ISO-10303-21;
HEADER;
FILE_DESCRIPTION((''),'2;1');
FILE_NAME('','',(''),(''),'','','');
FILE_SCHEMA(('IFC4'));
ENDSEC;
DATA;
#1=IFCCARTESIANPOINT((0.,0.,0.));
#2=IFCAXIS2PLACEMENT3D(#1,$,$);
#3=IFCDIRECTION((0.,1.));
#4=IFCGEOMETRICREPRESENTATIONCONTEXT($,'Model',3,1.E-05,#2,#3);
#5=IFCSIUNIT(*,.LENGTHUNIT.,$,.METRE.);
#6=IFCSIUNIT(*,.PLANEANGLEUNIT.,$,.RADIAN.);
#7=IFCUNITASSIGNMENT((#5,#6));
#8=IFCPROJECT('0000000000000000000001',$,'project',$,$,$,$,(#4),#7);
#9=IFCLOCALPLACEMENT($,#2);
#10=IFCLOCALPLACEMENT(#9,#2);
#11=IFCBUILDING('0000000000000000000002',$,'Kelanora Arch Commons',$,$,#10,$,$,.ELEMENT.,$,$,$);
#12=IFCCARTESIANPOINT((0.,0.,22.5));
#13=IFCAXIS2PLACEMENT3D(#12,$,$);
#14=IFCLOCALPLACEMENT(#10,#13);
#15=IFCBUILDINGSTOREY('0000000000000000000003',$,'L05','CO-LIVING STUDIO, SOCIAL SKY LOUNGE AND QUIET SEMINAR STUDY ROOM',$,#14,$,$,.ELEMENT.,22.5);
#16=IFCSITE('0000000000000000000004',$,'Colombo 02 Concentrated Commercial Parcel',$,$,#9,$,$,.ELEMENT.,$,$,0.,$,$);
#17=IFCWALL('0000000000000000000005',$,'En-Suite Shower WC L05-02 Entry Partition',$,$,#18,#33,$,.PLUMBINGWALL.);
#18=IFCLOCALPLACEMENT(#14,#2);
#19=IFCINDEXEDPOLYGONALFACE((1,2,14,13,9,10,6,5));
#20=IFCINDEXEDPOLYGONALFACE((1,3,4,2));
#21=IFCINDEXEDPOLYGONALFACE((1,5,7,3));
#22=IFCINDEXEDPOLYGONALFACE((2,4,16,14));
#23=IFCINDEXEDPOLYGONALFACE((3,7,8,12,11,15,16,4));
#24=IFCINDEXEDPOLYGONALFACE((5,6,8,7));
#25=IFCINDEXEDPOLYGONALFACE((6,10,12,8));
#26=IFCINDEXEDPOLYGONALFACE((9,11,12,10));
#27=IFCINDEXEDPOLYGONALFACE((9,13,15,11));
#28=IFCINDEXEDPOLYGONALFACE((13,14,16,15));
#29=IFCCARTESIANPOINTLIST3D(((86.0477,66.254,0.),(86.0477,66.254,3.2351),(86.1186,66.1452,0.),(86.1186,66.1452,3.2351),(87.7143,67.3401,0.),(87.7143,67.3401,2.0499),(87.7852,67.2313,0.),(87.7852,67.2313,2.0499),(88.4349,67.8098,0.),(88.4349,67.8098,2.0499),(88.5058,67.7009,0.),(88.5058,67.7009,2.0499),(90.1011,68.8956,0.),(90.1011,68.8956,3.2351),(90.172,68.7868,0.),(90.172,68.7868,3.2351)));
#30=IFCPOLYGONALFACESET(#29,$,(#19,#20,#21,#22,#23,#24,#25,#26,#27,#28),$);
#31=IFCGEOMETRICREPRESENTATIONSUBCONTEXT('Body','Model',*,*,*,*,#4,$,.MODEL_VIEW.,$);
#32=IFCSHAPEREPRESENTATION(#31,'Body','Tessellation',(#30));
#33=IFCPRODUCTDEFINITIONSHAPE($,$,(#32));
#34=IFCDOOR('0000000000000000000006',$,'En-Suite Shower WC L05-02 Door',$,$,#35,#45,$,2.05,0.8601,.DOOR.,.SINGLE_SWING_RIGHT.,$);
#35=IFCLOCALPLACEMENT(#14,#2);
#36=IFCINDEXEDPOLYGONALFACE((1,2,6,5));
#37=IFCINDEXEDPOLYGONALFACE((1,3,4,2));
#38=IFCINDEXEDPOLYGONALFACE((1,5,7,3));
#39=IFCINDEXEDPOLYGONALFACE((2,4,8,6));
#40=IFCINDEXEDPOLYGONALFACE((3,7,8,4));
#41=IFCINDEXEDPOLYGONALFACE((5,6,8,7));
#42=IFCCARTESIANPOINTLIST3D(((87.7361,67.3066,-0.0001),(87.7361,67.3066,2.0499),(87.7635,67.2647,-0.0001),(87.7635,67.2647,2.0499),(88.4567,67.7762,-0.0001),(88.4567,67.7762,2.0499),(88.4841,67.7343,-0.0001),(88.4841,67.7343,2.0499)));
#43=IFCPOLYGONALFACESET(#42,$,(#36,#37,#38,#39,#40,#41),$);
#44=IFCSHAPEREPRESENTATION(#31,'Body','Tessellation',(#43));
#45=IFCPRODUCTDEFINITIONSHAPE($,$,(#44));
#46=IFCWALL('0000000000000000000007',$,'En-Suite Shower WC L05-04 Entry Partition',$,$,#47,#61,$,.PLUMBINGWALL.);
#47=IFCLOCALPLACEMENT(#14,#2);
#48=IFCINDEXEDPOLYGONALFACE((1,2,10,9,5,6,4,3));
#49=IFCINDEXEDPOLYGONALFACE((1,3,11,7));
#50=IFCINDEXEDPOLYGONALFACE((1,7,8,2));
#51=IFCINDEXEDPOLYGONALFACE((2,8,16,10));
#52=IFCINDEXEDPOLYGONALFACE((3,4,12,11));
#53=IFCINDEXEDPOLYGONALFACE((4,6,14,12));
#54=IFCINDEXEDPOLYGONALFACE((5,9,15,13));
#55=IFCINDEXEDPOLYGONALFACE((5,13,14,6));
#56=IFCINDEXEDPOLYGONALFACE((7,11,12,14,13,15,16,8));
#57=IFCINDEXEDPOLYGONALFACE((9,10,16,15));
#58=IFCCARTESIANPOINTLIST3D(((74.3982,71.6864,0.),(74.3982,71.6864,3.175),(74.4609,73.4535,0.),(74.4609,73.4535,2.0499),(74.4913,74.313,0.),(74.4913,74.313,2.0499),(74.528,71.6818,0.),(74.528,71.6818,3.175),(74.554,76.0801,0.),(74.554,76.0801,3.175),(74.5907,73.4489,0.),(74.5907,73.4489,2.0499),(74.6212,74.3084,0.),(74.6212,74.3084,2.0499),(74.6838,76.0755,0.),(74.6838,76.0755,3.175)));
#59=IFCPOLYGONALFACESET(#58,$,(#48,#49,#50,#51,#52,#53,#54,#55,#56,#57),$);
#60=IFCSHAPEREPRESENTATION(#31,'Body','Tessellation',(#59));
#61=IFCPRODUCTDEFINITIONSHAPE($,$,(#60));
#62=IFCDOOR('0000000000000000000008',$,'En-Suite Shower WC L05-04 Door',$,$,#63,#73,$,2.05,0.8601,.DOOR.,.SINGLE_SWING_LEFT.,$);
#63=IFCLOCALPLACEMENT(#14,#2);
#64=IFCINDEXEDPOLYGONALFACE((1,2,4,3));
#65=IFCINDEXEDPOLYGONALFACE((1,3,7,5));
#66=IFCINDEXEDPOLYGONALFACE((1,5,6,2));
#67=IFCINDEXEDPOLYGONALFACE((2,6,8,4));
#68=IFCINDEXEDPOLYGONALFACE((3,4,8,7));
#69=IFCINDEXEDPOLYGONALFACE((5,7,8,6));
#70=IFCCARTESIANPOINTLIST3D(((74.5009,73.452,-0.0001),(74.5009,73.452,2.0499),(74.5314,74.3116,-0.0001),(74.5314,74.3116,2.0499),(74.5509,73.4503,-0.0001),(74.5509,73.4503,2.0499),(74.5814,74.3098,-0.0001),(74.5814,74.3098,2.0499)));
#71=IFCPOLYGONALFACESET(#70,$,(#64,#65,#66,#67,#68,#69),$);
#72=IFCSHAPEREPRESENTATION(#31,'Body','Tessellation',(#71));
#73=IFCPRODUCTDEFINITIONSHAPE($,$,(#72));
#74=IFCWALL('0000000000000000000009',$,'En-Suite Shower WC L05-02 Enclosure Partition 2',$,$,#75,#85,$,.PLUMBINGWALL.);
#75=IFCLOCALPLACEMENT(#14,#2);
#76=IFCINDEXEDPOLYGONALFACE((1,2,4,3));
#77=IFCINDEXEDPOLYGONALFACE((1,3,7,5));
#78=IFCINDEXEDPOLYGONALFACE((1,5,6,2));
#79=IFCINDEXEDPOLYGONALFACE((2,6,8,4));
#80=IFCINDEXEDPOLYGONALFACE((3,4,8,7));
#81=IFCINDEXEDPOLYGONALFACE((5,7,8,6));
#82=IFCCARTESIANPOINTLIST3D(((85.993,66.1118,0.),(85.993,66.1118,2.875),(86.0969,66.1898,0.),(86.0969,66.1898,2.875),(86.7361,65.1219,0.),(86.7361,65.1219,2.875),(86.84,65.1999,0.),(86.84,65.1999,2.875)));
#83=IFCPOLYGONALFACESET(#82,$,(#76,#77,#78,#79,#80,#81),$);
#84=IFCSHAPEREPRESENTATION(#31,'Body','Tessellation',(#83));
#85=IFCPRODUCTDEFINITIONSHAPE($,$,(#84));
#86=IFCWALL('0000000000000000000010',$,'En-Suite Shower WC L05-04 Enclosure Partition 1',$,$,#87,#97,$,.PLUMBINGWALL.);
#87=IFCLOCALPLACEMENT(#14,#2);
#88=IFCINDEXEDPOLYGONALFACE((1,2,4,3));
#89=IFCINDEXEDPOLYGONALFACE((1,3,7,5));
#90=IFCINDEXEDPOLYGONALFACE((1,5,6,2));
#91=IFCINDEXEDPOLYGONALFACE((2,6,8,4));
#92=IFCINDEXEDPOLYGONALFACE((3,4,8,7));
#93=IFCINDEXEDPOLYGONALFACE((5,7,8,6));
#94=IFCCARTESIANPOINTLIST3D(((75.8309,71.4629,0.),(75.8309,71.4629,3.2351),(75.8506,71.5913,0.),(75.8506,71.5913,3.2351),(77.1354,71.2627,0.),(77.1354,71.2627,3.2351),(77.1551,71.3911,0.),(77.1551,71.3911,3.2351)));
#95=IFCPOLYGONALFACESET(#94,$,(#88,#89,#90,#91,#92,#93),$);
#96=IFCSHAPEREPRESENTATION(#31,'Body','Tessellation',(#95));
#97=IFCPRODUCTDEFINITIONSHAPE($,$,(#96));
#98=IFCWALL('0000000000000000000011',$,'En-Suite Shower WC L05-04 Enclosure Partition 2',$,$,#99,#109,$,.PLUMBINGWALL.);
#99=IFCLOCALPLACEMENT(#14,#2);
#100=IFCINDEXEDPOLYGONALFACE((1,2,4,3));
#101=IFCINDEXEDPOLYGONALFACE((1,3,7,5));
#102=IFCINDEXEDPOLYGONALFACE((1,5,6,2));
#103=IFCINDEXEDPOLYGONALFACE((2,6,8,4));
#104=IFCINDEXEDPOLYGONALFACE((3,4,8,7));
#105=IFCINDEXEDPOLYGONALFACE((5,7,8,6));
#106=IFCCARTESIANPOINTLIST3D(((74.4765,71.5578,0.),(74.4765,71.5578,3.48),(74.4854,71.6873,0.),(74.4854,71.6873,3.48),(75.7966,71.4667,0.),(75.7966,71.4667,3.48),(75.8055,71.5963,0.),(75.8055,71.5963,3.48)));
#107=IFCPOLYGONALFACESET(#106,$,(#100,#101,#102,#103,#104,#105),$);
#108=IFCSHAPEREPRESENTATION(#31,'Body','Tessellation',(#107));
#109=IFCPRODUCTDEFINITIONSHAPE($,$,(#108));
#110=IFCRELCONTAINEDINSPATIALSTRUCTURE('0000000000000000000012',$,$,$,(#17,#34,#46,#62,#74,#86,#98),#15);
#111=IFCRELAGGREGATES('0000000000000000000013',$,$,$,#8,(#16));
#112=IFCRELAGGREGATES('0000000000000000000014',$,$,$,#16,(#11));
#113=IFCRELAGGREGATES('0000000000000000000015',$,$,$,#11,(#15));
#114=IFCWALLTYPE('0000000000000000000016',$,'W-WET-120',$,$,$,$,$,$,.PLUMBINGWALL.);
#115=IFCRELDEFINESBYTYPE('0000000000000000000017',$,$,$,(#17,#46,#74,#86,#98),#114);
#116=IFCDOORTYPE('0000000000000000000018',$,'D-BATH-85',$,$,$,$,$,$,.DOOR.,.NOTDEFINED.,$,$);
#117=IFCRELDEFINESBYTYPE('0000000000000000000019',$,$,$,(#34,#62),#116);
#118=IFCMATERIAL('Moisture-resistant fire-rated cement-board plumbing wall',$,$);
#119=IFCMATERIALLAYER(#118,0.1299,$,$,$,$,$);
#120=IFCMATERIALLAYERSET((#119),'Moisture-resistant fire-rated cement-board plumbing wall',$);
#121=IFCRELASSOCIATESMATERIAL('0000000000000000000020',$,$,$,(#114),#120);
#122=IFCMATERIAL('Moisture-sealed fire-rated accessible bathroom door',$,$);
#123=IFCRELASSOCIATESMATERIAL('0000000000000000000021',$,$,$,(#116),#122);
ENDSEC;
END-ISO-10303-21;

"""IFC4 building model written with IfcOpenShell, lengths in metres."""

from ifc_helpers import new_model, si_unit, direction, frame, frame_2d, origin, place, context, subcontext, project, spatial, rectangle, extrude, material, layer, layer_set, type_object, element, fill, save


model = new_model("IFC4")

# Units and contexts
model_context = context("Model", 3, precision=1e-05, world=origin(), true_north=direction((0.0, 1.0)))
body_context = subcontext(model_context, "Body", "Model", "MODEL_VIEW")
ifc_project = project(units=[si_unit("LENGTHUNIT", "METRE"), si_unit("PLANEANGLEUNIT", "RADIAN")], contexts=[model_context])

# Site, building, storey
site_placement = place(None, origin())
site = spatial("IfcSite", under=ifc_project, at=site_placement, Name="Colombo 02 Concentrated Commercial Parcel", CompositionType="ELEMENT", RefElevation=0.0)
building_placement = place(site_placement, origin())
building = spatial("IfcBuilding", under=site, at=building_placement, Name="Kelanora Arch Commons", CompositionType="ELEMENT")
storey_placement = place(building_placement, frame((0.0, 0.0, 22.5)))
storey = spatial("IfcBuildingStorey", under=building, at=storey_placement, Name="L05", Description="CO-LIVING STUDIO, SOCIAL SKY LOUNGE AND QUIET SEMINAR STUDY ROOM", CompositionType="ELEMENT", Elevation=22.5)

# Walls, openings, doors
ifc_material_1 = material(Name="Moisture-resistant fire-rated cement-board plumbing wall")
ifc_layer_1 = layer(ifc_material_1, 0.1299)
ifc_layer_set_1 = layer_set([ifc_layer_1], Name="Moisture-resistant fire-rated cement-board plumbing wall")
wall_type_1 = type_object("IfcWallType", Name="W-WET-120", PredefinedType="PLUMBINGWALL", material=ifc_layer_set_1)
wall_1_placement = place(storey_placement, frame((86.0833, 66.1997, 0.0), z_axis=(0.0, 0.0, 1.0), x_axis=(0.837796, 0.545983, 0.0)))
wall_1 = element("IfcWall", 1, at=wall_1_placement, inside=storey, type_object=wall_type_1, Name="En-Suite Shower WC L05-02 Entry Partition", PredefinedType="PLUMBINGWALL", context=body_context, shape_type="SweptSolid", body=[
    extrude(rectangle(XDim=4.8381, YDim=0.1299, at=frame_2d((2.4189, 0.0))), origin(), (0.0, 0.0, 1.0), 3.2351),
])
opening_1_placement = place(wall_1_placement, frame((1.989, 0.0, 0.0)))
opening_1 = element("IfcOpeningElement", 2, at=opening_1_placement, cuts=wall_1, PredefinedType="OPENING", context=body_context, shape_type="SweptSolid", body=[
    extrude(rectangle(XDim=0.8601, YDim=2.05, at=frame_2d((0.4302, 1.0249))), frame((0.0, 0.075, 0.0), z_axis=(0.0, -1.0, 0.0), x_axis=(1.0, 0.0, 0.0)), (0.0, 0.0, 1.0), 0.1499),
])
ifc_material_2 = material(Name="Moisture-sealed fire-rated accessible bathroom door")
door_type_1 = type_object("IfcDoorType", Name="D-BATH-85", OperationType="NOTDEFINED", PredefinedType="DOOR", material=ifc_material_2)
door_1_placement = place(opening_1_placement, origin())
door_1 = element("IfcDoor", 3, at=door_1_placement, inside=storey, type_object=door_type_1, Name="En-Suite Shower WC L05-02 Door", OperationType="SINGLE_SWING_RIGHT", OverallHeight=2.05, OverallWidth=0.8601, PredefinedType="DOOR", context=body_context, shape_type="SweptSolid", body=[
    extrude(rectangle(XDim=0.8601, YDim=2.05, at=frame_2d((0.4302, 1.0249))), frame((0.0, 0.0249, 0.0), z_axis=(0.0, -1.0, 0.0), x_axis=(1.0, 0.0, 0.0)), (0.0, 0.0, 1.0), 0.05),
])
fill(opening_1, door_1)
wall_2_placement = place(storey_placement, frame((74.4631, 71.6841, 0.0), z_axis=(0.0, 0.0, 1.0), x_axis=(0.035428, 0.999372, 0.0)))
wall_2 = element("IfcWall", 4, at=wall_2_placement, inside=storey, type_object=wall_type_1, Name="En-Suite Shower WC L05-04 Entry Partition", PredefinedType="PLUMBINGWALL", context=body_context, shape_type="SweptSolid", body=[
    extrude(rectangle(XDim=4.3965, YDim=0.1299, at=frame_2d((2.1982, 0.0))), origin(), (0.0, 0.0, 1.0), 3.175),
])
opening_2_placement = place(wall_2_placement, frame((1.7681, 0.0, 0.0)))
opening_2 = element("IfcOpeningElement", 5, at=opening_2_placement, cuts=wall_2, PredefinedType="OPENING", context=body_context, shape_type="SweptSolid", body=[
    extrude(rectangle(XDim=0.8601, YDim=2.05, at=frame_2d((0.4302, 1.0249))), frame((0.0, 0.075, 0.0), z_axis=(0.0, -1.0, 0.0), x_axis=(1.0, 0.0, 0.0)), (0.0, 0.0, 1.0), 0.1499),
])
door_2_placement = place(opening_2_placement, origin())
door_2 = element("IfcDoor", 6, at=door_2_placement, inside=storey, type_object=door_type_1, Name="En-Suite Shower WC L05-04 Door", OperationType="SINGLE_SWING_LEFT", OverallHeight=2.05, OverallWidth=0.8601, PredefinedType="DOOR", context=body_context, shape_type="SweptSolid", body=[
    extrude(rectangle(XDim=0.8601, YDim=2.05, at=frame_2d((0.4302, 1.0249))), frame((0.0, 0.0249, 0.0), z_axis=(0.0, -1.0, 0.0), x_axis=(1.0, 0.0, 0.0)), (0.0, 0.0, 1.0), 0.05),
])
fill(opening_2, door_2)

# Walls
wall_3_placement = place(storey_placement, frame((86.7881, 65.1609, 0.0), z_axis=(0.0, 0.0, 1.0), x_axis=(-0.600347, 0.79974, 0.0)))
element("IfcWall", 7, at=wall_3_placement, inside=storey, type_object=wall_type_1, Name="En-Suite Shower WC L05-02 Enclosure Partition 2", PredefinedType="PLUMBINGWALL", context=body_context, shape_type="SweptSolid", body=[
    extrude(rectangle(XDim=1.2378, YDim=0.1299, at=frame_2d((0.6189, 0.0))), origin(), (0.0, 0.0, 1.0), 2.875),
])
wall_4_placement = place(storey_placement, frame((77.1453, 71.3269, 0.0), z_axis=(0.0, 0.0, 1.0), x_axis=(-0.988427, 0.151696, 0.0)))
element("IfcWall", 8, at=wall_4_placement, inside=storey, type_object=wall_type_1, Name="En-Suite Shower WC L05-04 Enclosure Partition 1", PredefinedType="PLUMBINGWALL", context=body_context, shape_type="SweptSolid", body=[
    extrude(rectangle(XDim=1.3198, YDim=0.1299, at=frame_2d((0.6599, 0.0))), origin(), (0.0, 0.0, 1.0), 3.2351),
])
wall_5_placement = place(storey_placement, frame((75.801, 71.5315, 0.0), z_axis=(0.0, 0.0, 1.0), x_axis=(-0.997629, 0.068821, 0.0)))
element("IfcWall", 9, at=wall_5_placement, inside=storey, type_object=wall_type_1, Name="En-Suite Shower WC L05-04 Enclosure Partition 2", PredefinedType="PLUMBINGWALL", context=body_context, shape_type="SweptSolid", body=[
    extrude(rectangle(XDim=1.3232, YDim=0.1299, at=frame_2d((0.6616, 0.0))), origin(), (0.0, 0.0, 1.0), 3.48),
])

save(model, "model.ifc")
